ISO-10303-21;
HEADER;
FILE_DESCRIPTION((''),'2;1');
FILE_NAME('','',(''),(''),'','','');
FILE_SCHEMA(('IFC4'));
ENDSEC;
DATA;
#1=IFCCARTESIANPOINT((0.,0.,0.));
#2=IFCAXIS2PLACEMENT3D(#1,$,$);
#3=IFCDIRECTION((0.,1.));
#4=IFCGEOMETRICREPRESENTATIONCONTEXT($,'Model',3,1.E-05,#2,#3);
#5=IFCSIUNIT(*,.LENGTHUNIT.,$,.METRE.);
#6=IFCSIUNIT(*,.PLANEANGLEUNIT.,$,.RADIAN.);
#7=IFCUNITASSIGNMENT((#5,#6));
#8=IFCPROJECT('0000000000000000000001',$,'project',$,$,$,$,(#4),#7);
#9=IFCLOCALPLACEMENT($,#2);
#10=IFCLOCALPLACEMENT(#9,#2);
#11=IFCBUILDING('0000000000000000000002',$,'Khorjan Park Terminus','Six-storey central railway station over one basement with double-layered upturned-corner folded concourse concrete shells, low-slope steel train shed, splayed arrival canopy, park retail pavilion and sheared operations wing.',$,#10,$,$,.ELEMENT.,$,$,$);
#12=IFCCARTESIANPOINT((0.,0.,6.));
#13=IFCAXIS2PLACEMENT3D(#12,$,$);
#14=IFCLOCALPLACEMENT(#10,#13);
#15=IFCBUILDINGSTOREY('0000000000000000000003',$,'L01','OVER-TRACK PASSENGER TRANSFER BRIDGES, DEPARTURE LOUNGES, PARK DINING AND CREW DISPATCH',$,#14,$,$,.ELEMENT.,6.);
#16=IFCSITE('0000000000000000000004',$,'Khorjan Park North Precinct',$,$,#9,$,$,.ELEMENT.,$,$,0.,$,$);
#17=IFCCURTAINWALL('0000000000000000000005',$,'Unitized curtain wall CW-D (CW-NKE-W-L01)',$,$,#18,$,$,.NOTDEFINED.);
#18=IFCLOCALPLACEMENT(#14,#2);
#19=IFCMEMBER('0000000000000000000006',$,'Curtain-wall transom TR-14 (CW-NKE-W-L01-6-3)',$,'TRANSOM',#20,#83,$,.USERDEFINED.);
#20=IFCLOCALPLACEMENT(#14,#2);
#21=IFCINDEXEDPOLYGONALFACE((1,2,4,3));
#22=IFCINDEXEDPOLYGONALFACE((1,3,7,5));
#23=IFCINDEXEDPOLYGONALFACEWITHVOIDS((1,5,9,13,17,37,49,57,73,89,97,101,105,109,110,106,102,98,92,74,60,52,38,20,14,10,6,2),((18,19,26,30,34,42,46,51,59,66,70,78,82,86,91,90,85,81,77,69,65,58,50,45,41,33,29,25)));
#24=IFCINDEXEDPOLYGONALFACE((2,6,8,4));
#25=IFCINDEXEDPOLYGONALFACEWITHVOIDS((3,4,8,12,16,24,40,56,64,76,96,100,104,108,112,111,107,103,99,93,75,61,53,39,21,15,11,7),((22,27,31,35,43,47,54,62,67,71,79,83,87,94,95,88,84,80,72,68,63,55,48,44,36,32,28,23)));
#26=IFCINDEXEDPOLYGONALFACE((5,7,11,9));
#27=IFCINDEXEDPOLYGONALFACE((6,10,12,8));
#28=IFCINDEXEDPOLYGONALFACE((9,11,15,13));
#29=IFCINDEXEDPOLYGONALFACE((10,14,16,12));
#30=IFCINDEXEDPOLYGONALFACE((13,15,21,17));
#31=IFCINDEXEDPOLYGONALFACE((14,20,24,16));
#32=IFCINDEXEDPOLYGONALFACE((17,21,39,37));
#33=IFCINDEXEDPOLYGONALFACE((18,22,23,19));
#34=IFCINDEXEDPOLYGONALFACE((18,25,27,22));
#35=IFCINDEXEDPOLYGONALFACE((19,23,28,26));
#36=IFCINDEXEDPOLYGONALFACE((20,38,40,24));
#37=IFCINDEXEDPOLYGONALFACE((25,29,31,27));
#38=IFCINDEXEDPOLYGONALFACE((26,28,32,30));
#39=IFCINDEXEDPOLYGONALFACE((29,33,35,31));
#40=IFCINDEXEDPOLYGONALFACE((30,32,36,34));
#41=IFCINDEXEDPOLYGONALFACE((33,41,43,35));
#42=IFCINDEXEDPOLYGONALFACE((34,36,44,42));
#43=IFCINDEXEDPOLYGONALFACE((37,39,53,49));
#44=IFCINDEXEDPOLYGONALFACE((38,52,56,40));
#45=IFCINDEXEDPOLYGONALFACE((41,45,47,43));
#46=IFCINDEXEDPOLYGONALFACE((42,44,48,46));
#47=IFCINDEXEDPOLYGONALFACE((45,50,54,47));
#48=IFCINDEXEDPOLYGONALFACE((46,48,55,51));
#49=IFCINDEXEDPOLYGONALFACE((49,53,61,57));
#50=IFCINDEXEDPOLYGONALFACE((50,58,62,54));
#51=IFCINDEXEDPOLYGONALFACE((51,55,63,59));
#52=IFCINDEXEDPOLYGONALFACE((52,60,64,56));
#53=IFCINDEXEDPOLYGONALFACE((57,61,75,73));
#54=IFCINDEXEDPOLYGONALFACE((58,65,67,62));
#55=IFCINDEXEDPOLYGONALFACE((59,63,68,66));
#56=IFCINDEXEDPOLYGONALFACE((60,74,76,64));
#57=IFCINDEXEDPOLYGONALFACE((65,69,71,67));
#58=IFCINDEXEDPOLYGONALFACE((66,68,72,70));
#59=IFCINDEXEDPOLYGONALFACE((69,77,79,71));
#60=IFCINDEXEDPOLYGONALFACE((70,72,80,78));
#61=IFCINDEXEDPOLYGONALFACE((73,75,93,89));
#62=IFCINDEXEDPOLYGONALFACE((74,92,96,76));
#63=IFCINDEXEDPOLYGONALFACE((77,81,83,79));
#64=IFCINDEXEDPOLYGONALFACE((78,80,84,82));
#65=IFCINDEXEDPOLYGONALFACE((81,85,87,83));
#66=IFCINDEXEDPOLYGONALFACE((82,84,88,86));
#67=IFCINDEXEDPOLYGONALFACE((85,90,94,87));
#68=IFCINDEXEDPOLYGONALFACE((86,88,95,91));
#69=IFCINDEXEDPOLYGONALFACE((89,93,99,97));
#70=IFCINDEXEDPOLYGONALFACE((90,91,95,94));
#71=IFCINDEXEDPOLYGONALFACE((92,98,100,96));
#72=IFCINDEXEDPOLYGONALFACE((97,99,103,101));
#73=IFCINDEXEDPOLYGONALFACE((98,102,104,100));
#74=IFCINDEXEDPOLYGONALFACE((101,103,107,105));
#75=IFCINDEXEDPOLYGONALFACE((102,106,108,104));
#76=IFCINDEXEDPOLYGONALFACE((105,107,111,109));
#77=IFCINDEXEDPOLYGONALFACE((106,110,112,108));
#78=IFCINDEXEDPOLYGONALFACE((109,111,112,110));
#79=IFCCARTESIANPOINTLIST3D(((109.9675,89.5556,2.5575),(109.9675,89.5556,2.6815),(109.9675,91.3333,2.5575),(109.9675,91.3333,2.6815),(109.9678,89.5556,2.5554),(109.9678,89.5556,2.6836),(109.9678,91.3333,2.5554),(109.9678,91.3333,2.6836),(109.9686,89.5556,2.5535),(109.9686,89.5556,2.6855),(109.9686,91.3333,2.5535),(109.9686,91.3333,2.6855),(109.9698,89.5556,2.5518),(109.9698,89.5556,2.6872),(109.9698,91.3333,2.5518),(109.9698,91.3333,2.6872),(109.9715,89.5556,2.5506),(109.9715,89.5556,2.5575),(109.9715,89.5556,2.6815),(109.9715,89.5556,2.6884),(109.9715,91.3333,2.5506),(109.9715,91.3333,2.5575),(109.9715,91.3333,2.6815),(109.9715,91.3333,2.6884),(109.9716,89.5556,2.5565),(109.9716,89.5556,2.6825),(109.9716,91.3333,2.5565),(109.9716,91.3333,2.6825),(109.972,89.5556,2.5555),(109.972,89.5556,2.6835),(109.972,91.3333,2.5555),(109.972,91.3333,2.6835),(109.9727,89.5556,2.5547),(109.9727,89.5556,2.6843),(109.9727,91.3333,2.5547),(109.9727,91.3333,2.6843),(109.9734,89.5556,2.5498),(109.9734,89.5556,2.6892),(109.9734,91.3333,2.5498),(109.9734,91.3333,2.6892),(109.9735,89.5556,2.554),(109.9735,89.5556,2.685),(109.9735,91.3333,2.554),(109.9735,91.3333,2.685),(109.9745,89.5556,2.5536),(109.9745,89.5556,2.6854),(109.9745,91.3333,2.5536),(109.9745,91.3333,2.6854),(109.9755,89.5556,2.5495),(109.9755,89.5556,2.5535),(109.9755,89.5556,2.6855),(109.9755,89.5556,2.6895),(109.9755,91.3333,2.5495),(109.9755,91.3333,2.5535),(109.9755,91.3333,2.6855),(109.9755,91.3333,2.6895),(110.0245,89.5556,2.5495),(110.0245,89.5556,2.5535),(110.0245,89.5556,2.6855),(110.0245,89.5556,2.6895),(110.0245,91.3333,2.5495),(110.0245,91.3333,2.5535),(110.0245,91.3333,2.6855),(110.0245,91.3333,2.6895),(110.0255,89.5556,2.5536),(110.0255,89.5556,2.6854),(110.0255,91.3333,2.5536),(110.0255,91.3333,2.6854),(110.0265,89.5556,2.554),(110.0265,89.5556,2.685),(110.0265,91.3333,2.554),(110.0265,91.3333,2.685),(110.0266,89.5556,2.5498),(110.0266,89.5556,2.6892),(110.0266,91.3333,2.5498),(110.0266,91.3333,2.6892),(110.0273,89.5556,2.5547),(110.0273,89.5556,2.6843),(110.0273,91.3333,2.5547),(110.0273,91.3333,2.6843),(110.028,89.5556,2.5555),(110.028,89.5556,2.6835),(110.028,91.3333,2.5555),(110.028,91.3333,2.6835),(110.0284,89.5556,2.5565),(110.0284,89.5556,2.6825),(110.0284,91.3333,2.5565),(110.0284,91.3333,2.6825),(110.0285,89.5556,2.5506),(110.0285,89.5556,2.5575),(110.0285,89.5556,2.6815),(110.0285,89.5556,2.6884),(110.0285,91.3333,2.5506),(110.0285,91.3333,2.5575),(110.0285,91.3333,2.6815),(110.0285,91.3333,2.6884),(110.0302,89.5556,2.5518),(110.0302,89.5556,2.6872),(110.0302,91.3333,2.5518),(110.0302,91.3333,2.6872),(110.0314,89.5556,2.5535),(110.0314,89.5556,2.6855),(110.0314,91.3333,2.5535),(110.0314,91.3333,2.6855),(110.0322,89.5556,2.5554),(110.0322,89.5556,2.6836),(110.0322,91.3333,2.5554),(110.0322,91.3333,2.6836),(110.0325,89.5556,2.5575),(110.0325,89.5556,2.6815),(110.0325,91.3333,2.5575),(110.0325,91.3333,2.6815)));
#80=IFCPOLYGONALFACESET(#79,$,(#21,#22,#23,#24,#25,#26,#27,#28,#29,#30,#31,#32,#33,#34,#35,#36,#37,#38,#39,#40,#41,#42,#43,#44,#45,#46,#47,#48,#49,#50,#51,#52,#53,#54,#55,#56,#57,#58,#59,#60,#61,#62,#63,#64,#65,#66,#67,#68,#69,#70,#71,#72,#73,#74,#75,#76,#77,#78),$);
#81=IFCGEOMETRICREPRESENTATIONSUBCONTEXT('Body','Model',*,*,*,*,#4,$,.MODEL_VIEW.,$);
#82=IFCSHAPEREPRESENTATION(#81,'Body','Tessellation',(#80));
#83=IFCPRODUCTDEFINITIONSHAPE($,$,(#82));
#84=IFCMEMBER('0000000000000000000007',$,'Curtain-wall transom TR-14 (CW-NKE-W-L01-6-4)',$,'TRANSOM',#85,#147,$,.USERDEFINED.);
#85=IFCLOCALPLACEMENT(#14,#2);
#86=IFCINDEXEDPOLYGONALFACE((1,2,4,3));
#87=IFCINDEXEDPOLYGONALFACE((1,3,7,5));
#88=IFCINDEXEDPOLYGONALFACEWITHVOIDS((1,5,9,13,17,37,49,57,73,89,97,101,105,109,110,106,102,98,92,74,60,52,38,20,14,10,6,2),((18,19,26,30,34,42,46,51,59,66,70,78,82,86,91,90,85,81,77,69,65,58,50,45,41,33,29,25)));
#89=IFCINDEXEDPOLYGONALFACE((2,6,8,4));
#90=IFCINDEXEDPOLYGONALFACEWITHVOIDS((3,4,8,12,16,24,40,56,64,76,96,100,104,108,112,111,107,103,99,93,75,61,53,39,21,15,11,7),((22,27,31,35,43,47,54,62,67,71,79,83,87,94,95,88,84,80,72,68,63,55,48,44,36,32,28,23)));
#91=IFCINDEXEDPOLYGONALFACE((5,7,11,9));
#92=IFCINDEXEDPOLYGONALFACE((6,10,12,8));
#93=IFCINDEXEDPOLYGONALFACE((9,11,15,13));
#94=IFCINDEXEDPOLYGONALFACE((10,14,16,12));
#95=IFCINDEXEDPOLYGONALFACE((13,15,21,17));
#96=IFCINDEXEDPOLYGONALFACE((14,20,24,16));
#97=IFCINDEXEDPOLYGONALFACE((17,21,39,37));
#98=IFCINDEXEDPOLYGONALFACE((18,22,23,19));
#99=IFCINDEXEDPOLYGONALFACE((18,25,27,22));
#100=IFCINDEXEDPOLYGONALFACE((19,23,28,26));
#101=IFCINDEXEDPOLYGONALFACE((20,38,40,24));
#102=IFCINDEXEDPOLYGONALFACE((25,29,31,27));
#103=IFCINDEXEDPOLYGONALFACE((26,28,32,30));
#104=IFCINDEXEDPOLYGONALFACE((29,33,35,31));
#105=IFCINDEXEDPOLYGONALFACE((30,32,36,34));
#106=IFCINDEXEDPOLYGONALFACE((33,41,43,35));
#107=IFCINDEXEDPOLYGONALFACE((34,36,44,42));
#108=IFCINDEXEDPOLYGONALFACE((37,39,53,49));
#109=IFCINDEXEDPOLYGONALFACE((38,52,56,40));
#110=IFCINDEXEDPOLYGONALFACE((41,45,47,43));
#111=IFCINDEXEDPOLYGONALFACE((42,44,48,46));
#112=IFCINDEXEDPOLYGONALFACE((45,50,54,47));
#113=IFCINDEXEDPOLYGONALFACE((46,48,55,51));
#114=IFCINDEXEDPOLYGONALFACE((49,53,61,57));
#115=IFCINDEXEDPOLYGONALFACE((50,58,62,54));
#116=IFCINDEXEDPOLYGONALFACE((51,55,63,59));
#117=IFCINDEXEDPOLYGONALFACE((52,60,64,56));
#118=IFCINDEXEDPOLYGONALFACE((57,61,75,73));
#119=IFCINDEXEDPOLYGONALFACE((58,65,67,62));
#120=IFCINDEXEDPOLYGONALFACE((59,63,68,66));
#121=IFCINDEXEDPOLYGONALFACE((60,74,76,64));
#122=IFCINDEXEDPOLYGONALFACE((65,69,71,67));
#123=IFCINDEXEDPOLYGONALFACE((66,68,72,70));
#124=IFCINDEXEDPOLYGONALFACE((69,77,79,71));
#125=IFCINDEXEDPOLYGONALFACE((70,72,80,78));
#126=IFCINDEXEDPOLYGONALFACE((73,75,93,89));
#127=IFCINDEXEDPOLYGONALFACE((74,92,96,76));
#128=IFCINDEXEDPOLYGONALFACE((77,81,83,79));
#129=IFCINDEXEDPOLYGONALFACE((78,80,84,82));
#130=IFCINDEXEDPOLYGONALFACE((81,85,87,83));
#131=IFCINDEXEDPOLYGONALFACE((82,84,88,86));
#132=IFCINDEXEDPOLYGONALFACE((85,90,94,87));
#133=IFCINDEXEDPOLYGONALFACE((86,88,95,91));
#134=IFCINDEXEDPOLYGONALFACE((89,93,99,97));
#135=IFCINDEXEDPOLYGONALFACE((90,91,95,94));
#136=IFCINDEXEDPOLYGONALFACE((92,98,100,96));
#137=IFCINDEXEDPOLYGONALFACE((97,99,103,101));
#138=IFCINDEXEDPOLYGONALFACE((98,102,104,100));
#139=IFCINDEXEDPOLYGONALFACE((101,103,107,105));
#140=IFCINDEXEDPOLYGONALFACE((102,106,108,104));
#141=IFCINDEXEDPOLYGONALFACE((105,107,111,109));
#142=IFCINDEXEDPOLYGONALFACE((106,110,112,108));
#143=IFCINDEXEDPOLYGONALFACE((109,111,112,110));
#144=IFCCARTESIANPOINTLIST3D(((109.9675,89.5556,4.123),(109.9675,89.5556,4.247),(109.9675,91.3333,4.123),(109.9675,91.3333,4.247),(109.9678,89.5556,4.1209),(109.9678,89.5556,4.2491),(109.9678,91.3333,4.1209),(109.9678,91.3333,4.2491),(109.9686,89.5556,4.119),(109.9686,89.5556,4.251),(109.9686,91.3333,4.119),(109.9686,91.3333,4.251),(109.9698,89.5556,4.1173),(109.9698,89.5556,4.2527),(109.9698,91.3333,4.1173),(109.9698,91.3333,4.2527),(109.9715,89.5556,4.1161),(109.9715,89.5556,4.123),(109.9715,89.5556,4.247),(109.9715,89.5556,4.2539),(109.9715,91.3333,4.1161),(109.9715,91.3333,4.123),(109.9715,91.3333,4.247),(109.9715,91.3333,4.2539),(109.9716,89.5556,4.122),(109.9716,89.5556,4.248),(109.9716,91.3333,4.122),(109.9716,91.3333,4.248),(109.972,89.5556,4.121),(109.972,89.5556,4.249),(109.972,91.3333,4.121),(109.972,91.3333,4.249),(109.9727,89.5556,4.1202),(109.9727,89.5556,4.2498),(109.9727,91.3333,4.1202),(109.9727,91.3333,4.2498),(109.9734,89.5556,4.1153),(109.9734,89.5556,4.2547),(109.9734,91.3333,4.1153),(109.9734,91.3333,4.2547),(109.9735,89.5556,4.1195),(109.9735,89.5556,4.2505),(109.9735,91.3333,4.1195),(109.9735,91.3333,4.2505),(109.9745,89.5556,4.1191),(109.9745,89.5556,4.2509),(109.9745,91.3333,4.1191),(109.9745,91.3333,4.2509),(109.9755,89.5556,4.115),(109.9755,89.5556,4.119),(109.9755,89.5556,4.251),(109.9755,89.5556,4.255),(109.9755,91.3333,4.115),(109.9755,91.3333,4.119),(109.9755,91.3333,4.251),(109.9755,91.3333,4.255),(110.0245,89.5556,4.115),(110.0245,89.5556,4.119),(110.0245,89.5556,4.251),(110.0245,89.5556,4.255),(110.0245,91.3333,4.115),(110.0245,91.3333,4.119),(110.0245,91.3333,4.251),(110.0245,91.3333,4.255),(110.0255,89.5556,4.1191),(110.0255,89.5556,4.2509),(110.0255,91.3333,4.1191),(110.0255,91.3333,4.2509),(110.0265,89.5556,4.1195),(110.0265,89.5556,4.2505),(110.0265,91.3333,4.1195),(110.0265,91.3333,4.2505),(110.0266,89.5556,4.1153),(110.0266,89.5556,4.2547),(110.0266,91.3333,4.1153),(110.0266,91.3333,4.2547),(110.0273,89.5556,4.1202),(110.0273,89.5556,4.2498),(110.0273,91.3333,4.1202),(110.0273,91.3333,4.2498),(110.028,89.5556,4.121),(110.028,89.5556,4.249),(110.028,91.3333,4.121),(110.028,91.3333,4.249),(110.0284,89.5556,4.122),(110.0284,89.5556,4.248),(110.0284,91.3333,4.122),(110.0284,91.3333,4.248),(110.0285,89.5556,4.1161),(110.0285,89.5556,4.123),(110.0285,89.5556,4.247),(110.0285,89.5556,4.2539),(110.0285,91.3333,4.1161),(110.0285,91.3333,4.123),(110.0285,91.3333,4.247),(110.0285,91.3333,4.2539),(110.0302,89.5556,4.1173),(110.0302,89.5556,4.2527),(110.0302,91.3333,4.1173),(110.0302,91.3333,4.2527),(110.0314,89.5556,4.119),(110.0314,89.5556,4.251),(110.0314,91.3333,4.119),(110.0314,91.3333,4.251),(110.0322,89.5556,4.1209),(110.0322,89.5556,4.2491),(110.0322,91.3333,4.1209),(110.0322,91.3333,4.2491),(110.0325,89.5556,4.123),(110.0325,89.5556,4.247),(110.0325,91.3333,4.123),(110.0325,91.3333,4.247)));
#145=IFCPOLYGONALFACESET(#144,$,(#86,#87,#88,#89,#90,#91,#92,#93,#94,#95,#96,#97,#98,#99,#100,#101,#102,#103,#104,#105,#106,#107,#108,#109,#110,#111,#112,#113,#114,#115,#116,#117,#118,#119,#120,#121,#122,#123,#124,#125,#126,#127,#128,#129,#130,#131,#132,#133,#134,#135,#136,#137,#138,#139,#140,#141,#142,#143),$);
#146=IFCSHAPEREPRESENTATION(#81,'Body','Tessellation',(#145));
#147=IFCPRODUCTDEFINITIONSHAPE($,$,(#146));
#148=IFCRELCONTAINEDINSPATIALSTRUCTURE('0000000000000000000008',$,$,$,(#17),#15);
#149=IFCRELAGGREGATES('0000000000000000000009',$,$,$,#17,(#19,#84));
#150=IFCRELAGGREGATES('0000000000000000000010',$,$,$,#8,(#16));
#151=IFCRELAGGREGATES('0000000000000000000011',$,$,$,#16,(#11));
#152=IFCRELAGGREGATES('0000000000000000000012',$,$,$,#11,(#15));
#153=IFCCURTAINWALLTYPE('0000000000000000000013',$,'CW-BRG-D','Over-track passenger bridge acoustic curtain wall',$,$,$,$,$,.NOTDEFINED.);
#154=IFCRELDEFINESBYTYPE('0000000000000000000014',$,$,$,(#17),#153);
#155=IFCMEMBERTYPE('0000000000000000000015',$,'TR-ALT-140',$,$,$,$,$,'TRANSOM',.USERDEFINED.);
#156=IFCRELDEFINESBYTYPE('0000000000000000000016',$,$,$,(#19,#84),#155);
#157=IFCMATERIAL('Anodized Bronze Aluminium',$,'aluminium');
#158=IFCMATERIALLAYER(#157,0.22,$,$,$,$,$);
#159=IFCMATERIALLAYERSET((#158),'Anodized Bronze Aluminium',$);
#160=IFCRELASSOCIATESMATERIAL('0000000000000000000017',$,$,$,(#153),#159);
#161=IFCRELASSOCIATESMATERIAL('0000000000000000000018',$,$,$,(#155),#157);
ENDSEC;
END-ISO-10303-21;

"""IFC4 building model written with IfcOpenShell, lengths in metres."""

from ifc_helpers import new_model, si_unit, direction, frame, origin, origin_2d, place, context, subcontext, project, spatial, hollow_rectangle, extrude, material, layer, layer_set, material_profile, profile_set, type_object, element, aggregate, save


model = new_model("IFC4")

# Units and contexts
model_context = context("Model", 3, precision=1e-05, world=origin(), true_north=direction((0.0, 1.0)))
body_context = subcontext(model_context, "Body", "Model", "MODEL_VIEW")
ifc_project = project(units=[si_unit("LENGTHUNIT", "METRE"), si_unit("PLANEANGLEUNIT", "RADIAN")], contexts=[model_context])

# Site, building, storey
site_placement = place(None, origin())
site = spatial("IfcSite", under=ifc_project, at=site_placement, Name="Khorjan Park North Precinct", CompositionType="ELEMENT", RefElevation=0.0)
building_placement = place(site_placement, origin())
building = spatial("IfcBuilding", under=site, at=building_placement, Name="Khorjan Park Terminus", Description="Six-storey central railway station over one basement with double-layered upturned-corner folded concourse concrete shells, low-slope steel train shed, splayed arrival canopy, park retail pavilion and sheared operations wing.", CompositionType="ELEMENT")
storey_placement = place(building_placement, frame((0.0, 0.0, 6.0)))
storey = spatial("IfcBuildingStorey", under=building, at=storey_placement, Name="L01", Description="OVER-TRACK PASSENGER TRANSFER BRIDGES, DEPARTURE LOUNGES, PARK DINING AND CREW DISPATCH", CompositionType="ELEMENT", Elevation=6.0)

# Curtain wall
ifc_material_1 = material(Name="Anodized Bronze Aluminium", Category="aluminium")
ifc_layer_1 = layer(ifc_material_1, 0.22)
ifc_layer_set_1 = layer_set([ifc_layer_1], Name="Anodized Bronze Aluminium")
curtain_wall_type = type_object("IfcCurtainWallType", Name="CW-BRG-D", Description="Over-track passenger bridge acoustic curtain wall", PredefinedType="NOTDEFINED", material=ifc_layer_set_1)
curtain_wall_1_placement = place(storey_placement, origin())
curtain_wall_1 = element("IfcCurtainWall", 1, at=curtain_wall_1_placement, inside=storey, type_object=curtain_wall_type, Name="Unitized curtain wall CW-D (CW-NKE-W-L01)", PredefinedType="NOTDEFINED")

# Members
ifc_material_profile_1 = material_profile(ifc_material_1, hollow_rectangle(XDim=0.065, YDim=0.14, WallThickness=0.004, InnerFilletRadius=0.004, OuterFilletRadius=0.008, at=origin_2d()), Name="ALT 65x140x4")
ifc_profile_set_1 = profile_set([ifc_material_profile_1], Name="Anodized Bronze Aluminium")
member_type_1 = type_object("IfcMemberType", Name="TR-ALT-140", ElementType="TRANSOM", PredefinedType="USERDEFINED", material=ifc_profile_set_1)
member_1_placement = place(storey_placement, frame((110.0, 91.3333, 2.6195), z_axis=(0.0, -1.0, 0.0), x_axis=(1.0, 0.0, 0.0)))
member_1 = element("IfcMember", 2, at=member_1_placement, type_object=member_type_1, Name="Curtain-wall transom TR-14 (CW-NKE-W-L01-6-3)", ObjectType="TRANSOM", PredefinedType="USERDEFINED", context=body_context, shape_type="SweptSolid", body=[
    extrude(hollow_rectangle(XDim=0.065, YDim=0.14, WallThickness=0.004, InnerFilletRadius=0.004, OuterFilletRadius=0.008, at=origin_2d()), origin(), (0.0, 0.0, 1.0), 1.7777),
])
member_2_placement = place(storey_placement, frame((110.0, 91.3333, 4.185), z_axis=(0.0, -1.0, 0.0), x_axis=(1.0, 0.0, 0.0)))
member_2 = element("IfcMember", 3, at=member_2_placement, type_object=member_type_1, Name="Curtain-wall transom TR-14 (CW-NKE-W-L01-6-4)", ObjectType="TRANSOM", PredefinedType="USERDEFINED", context=body_context, shape_type="SweptSolid", body=[
    extrude(hollow_rectangle(XDim=0.065, YDim=0.14, WallThickness=0.004, InnerFilletRadius=0.004, OuterFilletRadius=0.008, at=origin_2d()), origin(), (0.0, 0.0, 1.0), 1.7777),
])

aggregate(curtain_wall_1, [member_1, member_2])

save(model, "model.ifc")
